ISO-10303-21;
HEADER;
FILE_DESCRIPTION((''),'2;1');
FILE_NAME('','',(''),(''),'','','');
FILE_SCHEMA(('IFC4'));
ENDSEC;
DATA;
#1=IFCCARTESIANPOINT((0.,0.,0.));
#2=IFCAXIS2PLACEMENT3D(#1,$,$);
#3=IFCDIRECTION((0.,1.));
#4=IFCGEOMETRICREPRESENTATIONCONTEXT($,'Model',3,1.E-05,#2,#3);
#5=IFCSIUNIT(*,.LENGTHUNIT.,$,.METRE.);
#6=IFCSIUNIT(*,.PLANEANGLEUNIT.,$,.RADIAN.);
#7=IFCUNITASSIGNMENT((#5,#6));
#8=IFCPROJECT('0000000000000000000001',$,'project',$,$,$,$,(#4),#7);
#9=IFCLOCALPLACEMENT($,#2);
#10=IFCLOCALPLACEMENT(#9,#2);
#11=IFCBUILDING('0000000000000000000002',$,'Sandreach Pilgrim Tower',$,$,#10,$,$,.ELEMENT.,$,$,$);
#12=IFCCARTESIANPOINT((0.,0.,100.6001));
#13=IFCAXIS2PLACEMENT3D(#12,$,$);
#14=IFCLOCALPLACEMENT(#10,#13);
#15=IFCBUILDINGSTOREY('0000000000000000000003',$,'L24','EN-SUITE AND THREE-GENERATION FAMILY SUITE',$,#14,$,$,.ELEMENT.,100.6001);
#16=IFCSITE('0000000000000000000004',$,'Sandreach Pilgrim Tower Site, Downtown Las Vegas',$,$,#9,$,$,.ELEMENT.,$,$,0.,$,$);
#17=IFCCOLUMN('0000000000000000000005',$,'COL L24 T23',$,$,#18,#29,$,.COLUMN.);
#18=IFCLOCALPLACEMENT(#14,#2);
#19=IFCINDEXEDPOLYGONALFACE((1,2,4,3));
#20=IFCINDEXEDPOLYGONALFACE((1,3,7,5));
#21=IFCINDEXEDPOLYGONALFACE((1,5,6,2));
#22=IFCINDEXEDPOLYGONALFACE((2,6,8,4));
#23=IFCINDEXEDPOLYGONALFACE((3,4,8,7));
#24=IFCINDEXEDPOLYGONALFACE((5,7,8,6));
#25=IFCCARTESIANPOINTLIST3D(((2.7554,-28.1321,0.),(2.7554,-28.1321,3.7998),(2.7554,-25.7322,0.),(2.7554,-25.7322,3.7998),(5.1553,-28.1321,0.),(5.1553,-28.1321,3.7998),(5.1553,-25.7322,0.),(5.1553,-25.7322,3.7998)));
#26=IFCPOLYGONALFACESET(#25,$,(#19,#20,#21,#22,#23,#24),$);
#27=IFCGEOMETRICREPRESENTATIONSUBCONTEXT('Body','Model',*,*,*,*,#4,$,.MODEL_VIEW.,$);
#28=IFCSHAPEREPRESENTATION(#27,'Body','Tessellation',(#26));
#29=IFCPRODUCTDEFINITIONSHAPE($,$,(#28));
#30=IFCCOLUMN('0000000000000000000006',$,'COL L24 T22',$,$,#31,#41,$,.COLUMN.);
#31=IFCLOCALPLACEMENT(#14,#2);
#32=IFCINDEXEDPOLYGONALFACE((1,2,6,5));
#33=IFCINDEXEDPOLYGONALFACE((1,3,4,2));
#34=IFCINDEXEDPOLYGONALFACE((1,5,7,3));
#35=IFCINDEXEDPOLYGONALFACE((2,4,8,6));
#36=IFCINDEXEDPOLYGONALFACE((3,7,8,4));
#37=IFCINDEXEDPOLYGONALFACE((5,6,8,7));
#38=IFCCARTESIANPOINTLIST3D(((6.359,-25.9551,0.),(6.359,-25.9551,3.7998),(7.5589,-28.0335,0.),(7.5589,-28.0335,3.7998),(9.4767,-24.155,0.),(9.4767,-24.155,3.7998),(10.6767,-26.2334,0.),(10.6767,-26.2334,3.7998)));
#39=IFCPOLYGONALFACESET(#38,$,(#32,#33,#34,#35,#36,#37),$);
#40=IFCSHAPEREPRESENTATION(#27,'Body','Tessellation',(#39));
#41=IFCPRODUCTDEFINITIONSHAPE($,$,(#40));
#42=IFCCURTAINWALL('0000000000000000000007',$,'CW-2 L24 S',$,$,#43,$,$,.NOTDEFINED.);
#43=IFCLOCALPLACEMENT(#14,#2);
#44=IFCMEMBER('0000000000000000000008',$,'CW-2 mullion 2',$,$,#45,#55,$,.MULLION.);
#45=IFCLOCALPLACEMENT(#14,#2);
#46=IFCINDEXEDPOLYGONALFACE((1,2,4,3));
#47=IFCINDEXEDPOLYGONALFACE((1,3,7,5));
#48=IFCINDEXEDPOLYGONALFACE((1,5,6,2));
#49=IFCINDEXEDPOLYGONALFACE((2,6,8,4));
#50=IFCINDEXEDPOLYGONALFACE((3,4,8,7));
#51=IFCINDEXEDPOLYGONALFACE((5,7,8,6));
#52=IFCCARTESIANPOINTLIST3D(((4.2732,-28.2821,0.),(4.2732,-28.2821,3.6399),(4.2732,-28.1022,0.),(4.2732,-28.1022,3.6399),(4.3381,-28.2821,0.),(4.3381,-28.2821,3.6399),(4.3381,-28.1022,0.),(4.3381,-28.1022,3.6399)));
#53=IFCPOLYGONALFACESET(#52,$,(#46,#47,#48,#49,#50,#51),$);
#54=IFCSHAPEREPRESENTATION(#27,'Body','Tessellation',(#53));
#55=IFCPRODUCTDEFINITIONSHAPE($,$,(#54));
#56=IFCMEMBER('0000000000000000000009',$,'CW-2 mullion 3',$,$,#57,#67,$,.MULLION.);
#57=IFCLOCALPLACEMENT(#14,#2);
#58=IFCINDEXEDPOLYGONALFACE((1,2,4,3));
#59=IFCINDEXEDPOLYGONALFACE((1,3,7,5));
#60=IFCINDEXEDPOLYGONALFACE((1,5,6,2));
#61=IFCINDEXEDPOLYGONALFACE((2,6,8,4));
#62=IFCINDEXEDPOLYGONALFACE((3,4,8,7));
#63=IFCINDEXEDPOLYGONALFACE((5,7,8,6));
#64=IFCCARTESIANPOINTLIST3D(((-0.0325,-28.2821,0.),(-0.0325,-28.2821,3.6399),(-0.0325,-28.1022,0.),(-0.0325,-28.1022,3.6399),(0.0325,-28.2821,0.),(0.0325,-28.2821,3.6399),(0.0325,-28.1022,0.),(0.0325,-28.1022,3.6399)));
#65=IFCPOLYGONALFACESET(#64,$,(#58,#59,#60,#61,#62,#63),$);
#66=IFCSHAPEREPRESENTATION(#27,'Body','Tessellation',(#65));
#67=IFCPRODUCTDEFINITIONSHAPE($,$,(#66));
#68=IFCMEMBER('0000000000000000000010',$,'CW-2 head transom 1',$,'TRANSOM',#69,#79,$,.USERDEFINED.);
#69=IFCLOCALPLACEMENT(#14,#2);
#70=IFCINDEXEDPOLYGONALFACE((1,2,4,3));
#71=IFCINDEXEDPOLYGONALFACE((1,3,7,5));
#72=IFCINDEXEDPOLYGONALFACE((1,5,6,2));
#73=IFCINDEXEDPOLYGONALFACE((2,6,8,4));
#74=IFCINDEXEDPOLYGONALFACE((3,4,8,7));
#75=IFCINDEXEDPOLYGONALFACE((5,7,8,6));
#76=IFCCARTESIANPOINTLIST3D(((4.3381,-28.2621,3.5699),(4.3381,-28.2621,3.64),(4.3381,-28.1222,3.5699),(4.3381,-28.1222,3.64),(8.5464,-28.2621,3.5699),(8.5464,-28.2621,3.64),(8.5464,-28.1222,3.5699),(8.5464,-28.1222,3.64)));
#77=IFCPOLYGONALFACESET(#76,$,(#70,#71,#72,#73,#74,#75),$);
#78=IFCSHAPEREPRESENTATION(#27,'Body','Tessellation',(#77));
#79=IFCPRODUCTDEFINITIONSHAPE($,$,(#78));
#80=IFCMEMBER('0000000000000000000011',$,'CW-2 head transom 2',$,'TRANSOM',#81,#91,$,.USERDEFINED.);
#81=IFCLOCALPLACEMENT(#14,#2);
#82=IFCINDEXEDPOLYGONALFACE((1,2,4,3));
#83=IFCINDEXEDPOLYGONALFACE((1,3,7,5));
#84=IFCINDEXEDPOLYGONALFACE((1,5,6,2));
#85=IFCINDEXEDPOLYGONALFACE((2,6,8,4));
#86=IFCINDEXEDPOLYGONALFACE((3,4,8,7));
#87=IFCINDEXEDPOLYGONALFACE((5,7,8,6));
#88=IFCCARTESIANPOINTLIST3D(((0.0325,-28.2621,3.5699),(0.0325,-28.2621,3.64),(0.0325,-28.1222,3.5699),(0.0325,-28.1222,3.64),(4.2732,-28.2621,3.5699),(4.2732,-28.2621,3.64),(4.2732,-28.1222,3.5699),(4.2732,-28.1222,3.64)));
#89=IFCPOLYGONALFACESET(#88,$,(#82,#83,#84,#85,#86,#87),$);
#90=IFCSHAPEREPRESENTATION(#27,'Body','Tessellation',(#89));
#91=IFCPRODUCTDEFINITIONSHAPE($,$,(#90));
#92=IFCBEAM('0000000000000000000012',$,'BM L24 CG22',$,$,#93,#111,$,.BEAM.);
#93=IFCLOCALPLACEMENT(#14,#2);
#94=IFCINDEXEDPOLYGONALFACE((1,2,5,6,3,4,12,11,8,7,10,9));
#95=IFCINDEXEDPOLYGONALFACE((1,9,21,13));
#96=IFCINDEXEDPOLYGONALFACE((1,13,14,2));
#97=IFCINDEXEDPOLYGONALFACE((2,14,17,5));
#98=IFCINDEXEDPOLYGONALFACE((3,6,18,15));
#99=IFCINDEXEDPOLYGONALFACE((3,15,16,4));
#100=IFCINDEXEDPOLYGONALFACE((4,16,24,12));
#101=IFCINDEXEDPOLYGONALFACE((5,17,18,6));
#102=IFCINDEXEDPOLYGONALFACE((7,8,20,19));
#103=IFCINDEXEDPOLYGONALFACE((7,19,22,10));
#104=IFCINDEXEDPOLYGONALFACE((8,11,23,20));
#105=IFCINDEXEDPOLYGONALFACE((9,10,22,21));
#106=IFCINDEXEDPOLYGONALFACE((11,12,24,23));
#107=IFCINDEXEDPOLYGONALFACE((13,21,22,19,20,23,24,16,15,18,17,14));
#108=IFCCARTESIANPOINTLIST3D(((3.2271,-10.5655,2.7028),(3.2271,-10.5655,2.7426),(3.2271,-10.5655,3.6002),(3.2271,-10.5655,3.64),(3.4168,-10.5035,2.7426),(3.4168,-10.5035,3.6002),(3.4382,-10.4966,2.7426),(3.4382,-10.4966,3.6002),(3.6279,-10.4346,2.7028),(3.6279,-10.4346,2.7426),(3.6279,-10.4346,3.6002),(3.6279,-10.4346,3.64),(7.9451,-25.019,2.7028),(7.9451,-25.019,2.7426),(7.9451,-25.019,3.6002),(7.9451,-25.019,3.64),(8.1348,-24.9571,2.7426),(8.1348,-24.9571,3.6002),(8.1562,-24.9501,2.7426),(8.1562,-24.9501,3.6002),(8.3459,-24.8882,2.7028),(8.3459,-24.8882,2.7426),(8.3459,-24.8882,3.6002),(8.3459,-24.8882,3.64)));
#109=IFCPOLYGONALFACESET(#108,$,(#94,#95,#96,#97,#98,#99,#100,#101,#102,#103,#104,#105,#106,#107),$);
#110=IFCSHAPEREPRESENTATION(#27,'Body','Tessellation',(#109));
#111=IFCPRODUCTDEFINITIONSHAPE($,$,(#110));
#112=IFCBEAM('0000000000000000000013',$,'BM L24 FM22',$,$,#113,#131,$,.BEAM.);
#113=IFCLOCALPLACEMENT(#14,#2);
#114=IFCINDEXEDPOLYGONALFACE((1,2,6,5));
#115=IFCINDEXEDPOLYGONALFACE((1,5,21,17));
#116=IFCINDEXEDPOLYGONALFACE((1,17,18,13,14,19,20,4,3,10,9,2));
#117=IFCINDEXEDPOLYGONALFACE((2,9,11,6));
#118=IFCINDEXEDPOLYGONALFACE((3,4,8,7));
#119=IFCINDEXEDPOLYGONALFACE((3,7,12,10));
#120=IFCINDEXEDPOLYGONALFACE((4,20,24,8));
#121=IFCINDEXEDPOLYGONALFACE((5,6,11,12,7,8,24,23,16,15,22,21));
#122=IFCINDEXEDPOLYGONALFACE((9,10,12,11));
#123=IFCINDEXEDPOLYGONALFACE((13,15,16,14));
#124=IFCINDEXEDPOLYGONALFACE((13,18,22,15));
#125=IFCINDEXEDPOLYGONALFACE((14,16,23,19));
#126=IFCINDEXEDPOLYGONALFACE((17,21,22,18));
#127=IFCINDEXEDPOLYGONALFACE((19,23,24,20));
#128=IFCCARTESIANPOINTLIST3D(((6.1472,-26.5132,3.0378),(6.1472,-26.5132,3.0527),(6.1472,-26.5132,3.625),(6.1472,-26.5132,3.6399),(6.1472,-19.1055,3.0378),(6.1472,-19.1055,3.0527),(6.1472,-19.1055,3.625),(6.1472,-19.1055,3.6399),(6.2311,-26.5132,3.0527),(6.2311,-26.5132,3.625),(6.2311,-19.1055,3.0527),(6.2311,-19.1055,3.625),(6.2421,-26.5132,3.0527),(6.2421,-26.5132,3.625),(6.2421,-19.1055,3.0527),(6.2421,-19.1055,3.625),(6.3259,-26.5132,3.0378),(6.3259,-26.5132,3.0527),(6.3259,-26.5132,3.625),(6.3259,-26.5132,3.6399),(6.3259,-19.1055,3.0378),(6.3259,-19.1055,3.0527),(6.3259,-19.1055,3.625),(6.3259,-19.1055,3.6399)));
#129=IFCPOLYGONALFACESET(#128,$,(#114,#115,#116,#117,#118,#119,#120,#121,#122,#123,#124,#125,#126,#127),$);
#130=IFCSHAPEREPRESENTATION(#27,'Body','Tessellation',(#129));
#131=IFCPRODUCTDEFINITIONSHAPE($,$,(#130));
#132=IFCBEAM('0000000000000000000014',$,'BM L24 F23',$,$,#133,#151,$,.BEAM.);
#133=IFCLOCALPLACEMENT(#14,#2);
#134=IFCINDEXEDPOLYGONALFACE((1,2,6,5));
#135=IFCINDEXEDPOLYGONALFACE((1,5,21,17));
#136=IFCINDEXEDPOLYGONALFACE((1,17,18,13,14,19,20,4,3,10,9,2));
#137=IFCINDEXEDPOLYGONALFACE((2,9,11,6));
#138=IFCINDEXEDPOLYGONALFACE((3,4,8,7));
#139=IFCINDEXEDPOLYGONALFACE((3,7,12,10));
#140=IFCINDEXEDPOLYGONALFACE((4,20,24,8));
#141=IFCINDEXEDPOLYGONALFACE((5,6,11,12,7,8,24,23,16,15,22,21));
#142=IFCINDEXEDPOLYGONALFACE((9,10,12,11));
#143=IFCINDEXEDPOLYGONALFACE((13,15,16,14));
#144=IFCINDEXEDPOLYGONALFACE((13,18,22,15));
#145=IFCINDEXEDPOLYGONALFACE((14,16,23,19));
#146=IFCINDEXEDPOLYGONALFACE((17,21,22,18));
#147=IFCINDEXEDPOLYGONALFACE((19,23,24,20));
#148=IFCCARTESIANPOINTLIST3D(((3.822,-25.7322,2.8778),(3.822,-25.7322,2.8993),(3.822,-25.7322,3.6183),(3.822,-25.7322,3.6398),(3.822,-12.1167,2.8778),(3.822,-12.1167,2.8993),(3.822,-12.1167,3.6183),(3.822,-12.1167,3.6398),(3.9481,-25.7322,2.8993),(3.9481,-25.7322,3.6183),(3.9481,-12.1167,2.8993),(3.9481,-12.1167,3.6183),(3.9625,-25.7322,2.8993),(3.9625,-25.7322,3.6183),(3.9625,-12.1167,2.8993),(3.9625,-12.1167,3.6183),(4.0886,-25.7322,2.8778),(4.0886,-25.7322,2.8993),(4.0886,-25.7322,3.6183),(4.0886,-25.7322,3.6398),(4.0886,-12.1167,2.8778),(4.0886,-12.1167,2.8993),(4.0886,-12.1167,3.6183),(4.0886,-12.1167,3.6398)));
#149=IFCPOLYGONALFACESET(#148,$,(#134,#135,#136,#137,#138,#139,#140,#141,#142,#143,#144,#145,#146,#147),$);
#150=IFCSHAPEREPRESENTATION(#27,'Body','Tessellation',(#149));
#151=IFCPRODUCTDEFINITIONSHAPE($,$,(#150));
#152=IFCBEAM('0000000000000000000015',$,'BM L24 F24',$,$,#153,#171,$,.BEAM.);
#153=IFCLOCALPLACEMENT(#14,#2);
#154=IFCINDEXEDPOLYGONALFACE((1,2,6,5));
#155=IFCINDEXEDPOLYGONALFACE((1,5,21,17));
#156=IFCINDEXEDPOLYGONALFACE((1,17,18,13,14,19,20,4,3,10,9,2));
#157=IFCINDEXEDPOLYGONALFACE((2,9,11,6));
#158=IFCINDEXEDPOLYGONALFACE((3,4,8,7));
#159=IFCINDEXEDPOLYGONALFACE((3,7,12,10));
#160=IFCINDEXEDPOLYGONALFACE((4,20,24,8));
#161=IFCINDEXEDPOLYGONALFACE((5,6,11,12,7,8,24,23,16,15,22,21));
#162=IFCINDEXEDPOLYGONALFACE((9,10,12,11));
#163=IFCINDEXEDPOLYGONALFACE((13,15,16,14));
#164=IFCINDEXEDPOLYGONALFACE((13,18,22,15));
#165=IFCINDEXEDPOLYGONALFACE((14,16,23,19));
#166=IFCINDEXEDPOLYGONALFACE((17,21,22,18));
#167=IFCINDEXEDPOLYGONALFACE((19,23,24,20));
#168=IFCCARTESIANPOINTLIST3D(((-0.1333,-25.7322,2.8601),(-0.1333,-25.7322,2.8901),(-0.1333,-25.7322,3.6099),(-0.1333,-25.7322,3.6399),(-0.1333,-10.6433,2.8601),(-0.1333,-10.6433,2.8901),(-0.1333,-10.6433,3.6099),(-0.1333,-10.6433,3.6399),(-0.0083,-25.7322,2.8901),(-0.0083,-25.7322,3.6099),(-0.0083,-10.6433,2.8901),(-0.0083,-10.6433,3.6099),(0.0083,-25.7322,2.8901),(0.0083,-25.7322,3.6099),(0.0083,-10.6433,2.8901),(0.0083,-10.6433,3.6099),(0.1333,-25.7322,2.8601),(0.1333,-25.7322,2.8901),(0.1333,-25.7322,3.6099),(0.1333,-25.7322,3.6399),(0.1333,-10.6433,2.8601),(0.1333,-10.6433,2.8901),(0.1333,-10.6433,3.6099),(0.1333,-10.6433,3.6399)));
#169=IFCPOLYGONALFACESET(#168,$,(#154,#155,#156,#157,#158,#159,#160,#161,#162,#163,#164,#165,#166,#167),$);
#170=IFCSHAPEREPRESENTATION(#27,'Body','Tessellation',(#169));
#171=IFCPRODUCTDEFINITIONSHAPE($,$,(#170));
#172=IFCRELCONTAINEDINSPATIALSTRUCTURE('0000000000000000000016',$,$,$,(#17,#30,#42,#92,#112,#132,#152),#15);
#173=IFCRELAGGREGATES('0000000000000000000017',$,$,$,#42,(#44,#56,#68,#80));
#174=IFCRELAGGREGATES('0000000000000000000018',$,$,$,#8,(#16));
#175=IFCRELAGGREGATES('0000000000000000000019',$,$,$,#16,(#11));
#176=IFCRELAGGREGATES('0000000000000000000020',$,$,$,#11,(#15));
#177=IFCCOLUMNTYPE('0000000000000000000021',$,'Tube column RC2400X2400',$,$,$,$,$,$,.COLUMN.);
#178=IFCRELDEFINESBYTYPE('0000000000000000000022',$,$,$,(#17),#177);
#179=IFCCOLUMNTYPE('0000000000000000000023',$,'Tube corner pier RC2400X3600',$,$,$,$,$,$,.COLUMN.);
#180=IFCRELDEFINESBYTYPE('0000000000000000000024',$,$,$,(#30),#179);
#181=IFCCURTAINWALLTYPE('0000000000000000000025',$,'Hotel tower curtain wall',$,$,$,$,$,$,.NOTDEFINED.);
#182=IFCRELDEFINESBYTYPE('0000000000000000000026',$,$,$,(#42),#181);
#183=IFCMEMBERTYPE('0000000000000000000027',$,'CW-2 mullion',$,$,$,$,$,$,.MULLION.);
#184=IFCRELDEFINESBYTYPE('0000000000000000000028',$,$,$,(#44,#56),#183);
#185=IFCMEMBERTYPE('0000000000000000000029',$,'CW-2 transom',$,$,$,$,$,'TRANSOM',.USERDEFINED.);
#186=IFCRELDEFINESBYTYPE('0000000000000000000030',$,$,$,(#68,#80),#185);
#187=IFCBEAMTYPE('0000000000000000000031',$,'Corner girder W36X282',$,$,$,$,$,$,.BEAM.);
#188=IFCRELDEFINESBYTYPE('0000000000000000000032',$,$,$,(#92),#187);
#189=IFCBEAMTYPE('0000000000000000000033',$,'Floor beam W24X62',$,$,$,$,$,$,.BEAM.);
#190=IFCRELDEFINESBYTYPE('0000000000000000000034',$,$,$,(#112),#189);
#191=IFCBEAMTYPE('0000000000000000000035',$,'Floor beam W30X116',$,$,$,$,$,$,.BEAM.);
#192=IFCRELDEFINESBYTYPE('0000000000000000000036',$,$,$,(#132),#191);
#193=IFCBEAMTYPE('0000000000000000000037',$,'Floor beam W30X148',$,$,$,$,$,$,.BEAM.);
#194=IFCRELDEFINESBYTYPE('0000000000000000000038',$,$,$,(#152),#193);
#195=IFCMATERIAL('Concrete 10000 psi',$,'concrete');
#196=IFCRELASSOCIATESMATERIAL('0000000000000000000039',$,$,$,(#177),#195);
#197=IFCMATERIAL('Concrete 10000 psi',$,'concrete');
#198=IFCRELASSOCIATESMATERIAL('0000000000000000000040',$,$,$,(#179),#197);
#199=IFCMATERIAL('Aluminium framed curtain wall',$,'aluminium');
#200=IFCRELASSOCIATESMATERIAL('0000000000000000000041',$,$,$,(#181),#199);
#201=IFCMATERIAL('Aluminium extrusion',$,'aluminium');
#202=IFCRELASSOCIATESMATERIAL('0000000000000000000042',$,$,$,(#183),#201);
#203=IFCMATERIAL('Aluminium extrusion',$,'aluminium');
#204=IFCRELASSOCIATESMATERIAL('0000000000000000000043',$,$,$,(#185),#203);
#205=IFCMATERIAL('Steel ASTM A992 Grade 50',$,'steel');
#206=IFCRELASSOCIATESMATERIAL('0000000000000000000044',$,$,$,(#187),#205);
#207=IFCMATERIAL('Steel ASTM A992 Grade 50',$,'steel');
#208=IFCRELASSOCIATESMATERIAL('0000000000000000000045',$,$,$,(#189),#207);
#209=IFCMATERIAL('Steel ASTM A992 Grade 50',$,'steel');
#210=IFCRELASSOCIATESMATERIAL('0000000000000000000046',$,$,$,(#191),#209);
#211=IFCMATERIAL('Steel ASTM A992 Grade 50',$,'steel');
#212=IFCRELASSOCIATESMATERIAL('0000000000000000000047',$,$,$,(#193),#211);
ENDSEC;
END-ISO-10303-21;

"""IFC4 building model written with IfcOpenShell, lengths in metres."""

from ifc_helpers import new_model, si_unit, direction, frame, origin, origin_2d, place, context, subcontext, project, spatial, rectangle, i_section, extrude, material, material_profile, profile_set, type_object, element, aggregate, save


model = new_model("IFC4")

# Units and contexts
model_context = context("Model", 3, precision=1e-05, world=origin(), true_north=direction((0.0, 1.0)))
body_context = subcontext(model_context, "Body", "Model", "MODEL_VIEW")
ifc_project = project(units=[si_unit("LENGTHUNIT", "METRE"), si_unit("PLANEANGLEUNIT", "RADIAN")], contexts=[model_context])

# Site, building, storey
site_placement = place(None, origin())
site = spatial("IfcSite", under=ifc_project, at=site_placement, Name="Sandreach Pilgrim Tower Site, Downtown Las Vegas", CompositionType="ELEMENT", RefElevation=0.0)
building_placement = place(site_placement, origin())
building = spatial("IfcBuilding", under=site, at=building_placement, Name="Sandreach Pilgrim Tower", CompositionType="ELEMENT")
storey_placement = place(building_placement, frame((0.0, 0.0, 100.6001)))
storey = spatial("IfcBuildingStorey", under=building, at=storey_placement, Name="L24", Description="EN-SUITE AND THREE-GENERATION FAMILY SUITE", CompositionType="ELEMENT", Elevation=100.6001)

# Columns
ifc_material_1 = material(Name="Concrete 10000 psi", Category="concrete")
ifc_material_profile_1 = material_profile(ifc_material_1, rectangle(XDim=2.3999, YDim=2.3999, at=origin_2d()), Name="RC2400X2400")
ifc_profile_set_1 = profile_set([ifc_material_profile_1], Name="Concrete 10000 psi")
column_type_1 = type_object("IfcColumnType", Name="Tube column RC2400X2400", PredefinedType="COLUMN", material=ifc_profile_set_1)
column_1_placement = place(storey_placement, frame((3.9553, -26.9321, 0.0), z_axis=(0.0, 0.0, 1.0), x_axis=(0.0, -1.0, 0.0)))
element("IfcColumn", 1, at=column_1_placement, inside=storey, type_object=column_type_1, Name="COL L24 T23", PredefinedType="COLUMN", context=body_context, shape_type="SweptSolid", body=[
    extrude(rectangle(XDim=2.3999, YDim=2.3999, at=origin_2d()), origin(), (0.0, 0.0, 1.0), 3.7998),
])
ifc_material_2 = material(Name="Concrete 10000 psi", Category="concrete")
ifc_material_profile_2 = material_profile(ifc_material_2, rectangle(XDim=2.3999, YDim=3.6001, at=origin_2d()), Name="RC2400X3600")
ifc_profile_set_2 = profile_set([ifc_material_profile_2], Name="Concrete 10000 psi")
column_type_2 = type_object("IfcColumnType", Name="Tube corner pier RC2400X3600", PredefinedType="COLUMN", material=ifc_profile_set_2)
column_2_placement = place(storey_placement, frame((8.5178, -26.0942, 0.0), z_axis=(0.0, 0.0, 1.0), x_axis=(0.5, -0.866025, 0.0)))
element("IfcColumn", 2, at=column_2_placement, inside=storey, type_object=column_type_2, Name="COL L24 T22", PredefinedType="COLUMN", context=body_context, shape_type="SweptSolid", body=[
    extrude(rectangle(XDim=2.3999, YDim=3.6001, at=origin_2d()), origin(), (0.0, 0.0, 1.0), 3.7998),
])

# Curtain wall, members
ifc_material_3 = material(Name="Aluminium framed curtain wall", Category="aluminium")
curtain_wall_type = type_object("IfcCurtainWallType", Name="Hotel tower curtain wall", PredefinedType="NOTDEFINED", material=ifc_material_3)
curtain_wall_placement = place(storey_placement, origin())
curtain_wall = element("IfcCurtainWall", 3, at=curtain_wall_placement, inside=storey, type_object=curtain_wall_type, Name="CW-2 L24 S", PredefinedType="NOTDEFINED")
ifc_material_4 = material(Name="Aluminium extrusion", Category="aluminium")
ifc_material_profile_3 = material_profile(ifc_material_4, rectangle(XDim=0.0649, YDim=0.1799, at=origin_2d()), Name="CW-2M 65X180")
ifc_profile_set_3 = profile_set([ifc_material_profile_3], Name="Aluminium extrusion")
member_type_1 = type_object("IfcMemberType", Name="CW-2 mullion", PredefinedType="MULLION", material=ifc_profile_set_3)
member_1_placement = place(storey_placement, frame((4.3057, -28.1921, 0.0), z_axis=(0.0, 0.0, 1.0), x_axis=(-1.0, 0.0, 0.0)))
member_1 = element("IfcMember", 4, at=member_1_placement, type_object=member_type_1, Name="CW-2 mullion 2", PredefinedType="MULLION", context=body_context, shape_type="SweptSolid", body=[
    extrude(rectangle(XDim=0.0649, YDim=0.1799, at=origin_2d()), origin(), (0.0, 0.0, 1.0), 3.6399),
])
member_2_placement = place(storey_placement, frame((0.0, -28.1921, 0.0), z_axis=(0.0, 0.0, 1.0), x_axis=(-1.0, 0.0, 0.0)))
member_2 = element("IfcMember", 5, at=member_2_placement, type_object=member_type_1, Name="CW-2 mullion 3", PredefinedType="MULLION", context=body_context, shape_type="SweptSolid", body=[
    extrude(rectangle(XDim=0.0649, YDim=0.1799, at=origin_2d()), origin(), (0.0, 0.0, 1.0), 3.6399),
])
ifc_material_5 = material(Name="Aluminium extrusion", Category="aluminium")
ifc_material_profile_4 = material_profile(ifc_material_5, rectangle(XDim=0.1399, YDim=0.0701, at=origin_2d()), Name="CW-2T 140X70")
ifc_profile_set_4 = profile_set([ifc_material_profile_4], Name="Aluminium extrusion")
member_type_2 = type_object("IfcMemberType", Name="CW-2 transom", ElementType="TRANSOM", PredefinedType="USERDEFINED", material=ifc_profile_set_4)
member_3_placement = place(storey_placement, frame((8.5464, -28.1921, 3.605), z_axis=(-1.0, 0.0, 0.0), x_axis=(0.0, -1.0, 0.0)))
member_3 = element("IfcMember", 6, at=member_3_placement, type_object=member_type_2, Name="CW-2 head transom 1", ObjectType="TRANSOM", PredefinedType="USERDEFINED", context=body_context, shape_type="SweptSolid", body=[
    extrude(rectangle(XDim=0.1399, YDim=0.0701, at=origin_2d()), origin(), (0.0, 0.0, 1.0), 4.2083),
])
member_4_placement = place(storey_placement, frame((4.2732, -28.1921, 3.605), z_axis=(-1.0, 0.0, 0.0), x_axis=(0.0, -1.0, 0.0)))
member_4 = element("IfcMember", 7, at=member_4_placement, type_object=member_type_2, Name="CW-2 head transom 2", ObjectType="TRANSOM", PredefinedType="USERDEFINED", context=body_context, shape_type="SweptSolid", body=[
    extrude(rectangle(XDim=0.1399, YDim=0.0701, at=origin_2d()), origin(), (0.0, 0.0, 1.0), 4.2407),
])

# Beams
ifc_material_6 = material(Name="Steel ASTM A992 Grade 50", Category="steel")
ifc_material_profile_5 = material_profile(ifc_material_6, i_section(OverallWidth=0.4216, OverallDepth=0.9373, WebThickness=0.0225, FlangeThickness=0.0398, at=origin_2d()), Name="W36X282")
ifc_profile_set_5 = profile_set([ifc_material_profile_5], Name="Steel ASTM A992 Grade 50")
beam_type_1 = type_object("IfcBeamType", Name="Corner girder W36X282", PredefinedType="BEAM", material=ifc_profile_set_5)
beam_1_placement = place(storey_placement, frame((8.1455, -24.9536, 3.1714), z_axis=(-0.310311, 0.950635, 0.0), x_axis=(-0.950635, -0.310311, 0.0)))
element("IfcBeam", 8, at=beam_1_placement, inside=storey, type_object=beam_type_1, Name="BM L24 CG22", PredefinedType="BEAM", context=body_context, shape_type="SweptSolid", body=[
    extrude(i_section(OverallWidth=0.4216, OverallDepth=0.9373, WebThickness=0.0225, FlangeThickness=0.0398, at=origin_2d()), origin(), (0.0, 0.0, 1.0), 15.2041),
])
ifc_material_7 = material(Name="Steel ASTM A992 Grade 50", Category="steel")
ifc_material_profile_6 = material_profile(ifc_material_7, i_section(OverallWidth=0.1787, OverallDepth=0.6021, WebThickness=0.011, FlangeThickness=0.0149, at=origin_2d()), Name="W24X62")
ifc_profile_set_6 = profile_set([ifc_material_profile_6], Name="Steel ASTM A992 Grade 50")
beam_type_2 = type_object("IfcBeamType", Name="Floor beam W24X62", PredefinedType="BEAM", material=ifc_profile_set_6)
beam_2_placement = place(storey_placement, frame((6.2366, -26.5132, 3.3389), z_axis=(0.0, 1.0, 0.0), x_axis=(-1.0, 0.0, 0.0)))
element("IfcBeam", 9, at=beam_2_placement, inside=storey, type_object=beam_type_2, Name="BM L24 FM22", PredefinedType="BEAM", context=body_context, shape_type="SweptSolid", body=[
    extrude(i_section(OverallWidth=0.1787, OverallDepth=0.6021, WebThickness=0.011, FlangeThickness=0.0149, at=origin_2d()), origin(), (0.0, 0.0, 1.0), 7.4077),
])
ifc_material_8 = material(Name="Steel ASTM A992 Grade 50", Category="steel")
ifc_material_profile_7 = material_profile(ifc_material_8, i_section(OverallWidth=0.2666, OverallDepth=0.762, WebThickness=0.0144, FlangeThickness=0.0215, at=origin_2d()), Name="W30X116")
ifc_profile_set_7 = profile_set([ifc_material_profile_7], Name="Steel ASTM A992 Grade 50")
beam_type_3 = type_object("IfcBeamType", Name="Floor beam W30X116", PredefinedType="BEAM", material=ifc_profile_set_7)
beam_3_placement = place(storey_placement, frame((3.9553, -25.7322, 3.2588), z_axis=(0.0, 1.0, 0.0), x_axis=(-1.0, 0.0, 0.0)))
element("IfcBeam", 10, at=beam_3_placement, inside=storey, type_object=beam_type_3, Name="BM L24 F23", PredefinedType="BEAM", context=body_context, shape_type="SweptSolid", body=[
    extrude(i_section(OverallWidth=0.2666, OverallDepth=0.762, WebThickness=0.0144, FlangeThickness=0.0215, at=origin_2d()), origin(), (0.0, 0.0, 1.0), 13.6155),
])
ifc_material_9 = material(Name="Steel ASTM A992 Grade 50", Category="steel")
ifc_material_profile_8 = material_profile(ifc_material_9, i_section(OverallWidth=0.2666, OverallDepth=0.7798, WebThickness=0.0166, FlangeThickness=0.03, at=origin_2d()), Name="W30X148")
ifc_profile_set_8 = profile_set([ifc_material_profile_8], Name="Steel ASTM A992 Grade 50")
beam_type_4 = type_object("IfcBeamType", Name="Floor beam W30X148", PredefinedType="BEAM", material=ifc_profile_set_8)
beam_4_placement = place(storey_placement, frame((0.0, -25.7322, 3.25), z_axis=(0.0, 1.0, 0.0), x_axis=(-1.0, 0.0, 0.0)))
element("IfcBeam", 11, at=beam_4_placement, inside=storey, type_object=beam_type_4, Name="BM L24 F24", PredefinedType="BEAM", context=body_context, shape_type="SweptSolid", body=[
    extrude(i_section(OverallWidth=0.2666, OverallDepth=0.7798, WebThickness=0.0166, FlangeThickness=0.03, at=origin_2d()), origin(), (0.0, 0.0, 1.0), 15.0889),
])

aggregate(curtain_wall, [member_1, member_2, member_3, member_4])

save(model, "model.ifc")
